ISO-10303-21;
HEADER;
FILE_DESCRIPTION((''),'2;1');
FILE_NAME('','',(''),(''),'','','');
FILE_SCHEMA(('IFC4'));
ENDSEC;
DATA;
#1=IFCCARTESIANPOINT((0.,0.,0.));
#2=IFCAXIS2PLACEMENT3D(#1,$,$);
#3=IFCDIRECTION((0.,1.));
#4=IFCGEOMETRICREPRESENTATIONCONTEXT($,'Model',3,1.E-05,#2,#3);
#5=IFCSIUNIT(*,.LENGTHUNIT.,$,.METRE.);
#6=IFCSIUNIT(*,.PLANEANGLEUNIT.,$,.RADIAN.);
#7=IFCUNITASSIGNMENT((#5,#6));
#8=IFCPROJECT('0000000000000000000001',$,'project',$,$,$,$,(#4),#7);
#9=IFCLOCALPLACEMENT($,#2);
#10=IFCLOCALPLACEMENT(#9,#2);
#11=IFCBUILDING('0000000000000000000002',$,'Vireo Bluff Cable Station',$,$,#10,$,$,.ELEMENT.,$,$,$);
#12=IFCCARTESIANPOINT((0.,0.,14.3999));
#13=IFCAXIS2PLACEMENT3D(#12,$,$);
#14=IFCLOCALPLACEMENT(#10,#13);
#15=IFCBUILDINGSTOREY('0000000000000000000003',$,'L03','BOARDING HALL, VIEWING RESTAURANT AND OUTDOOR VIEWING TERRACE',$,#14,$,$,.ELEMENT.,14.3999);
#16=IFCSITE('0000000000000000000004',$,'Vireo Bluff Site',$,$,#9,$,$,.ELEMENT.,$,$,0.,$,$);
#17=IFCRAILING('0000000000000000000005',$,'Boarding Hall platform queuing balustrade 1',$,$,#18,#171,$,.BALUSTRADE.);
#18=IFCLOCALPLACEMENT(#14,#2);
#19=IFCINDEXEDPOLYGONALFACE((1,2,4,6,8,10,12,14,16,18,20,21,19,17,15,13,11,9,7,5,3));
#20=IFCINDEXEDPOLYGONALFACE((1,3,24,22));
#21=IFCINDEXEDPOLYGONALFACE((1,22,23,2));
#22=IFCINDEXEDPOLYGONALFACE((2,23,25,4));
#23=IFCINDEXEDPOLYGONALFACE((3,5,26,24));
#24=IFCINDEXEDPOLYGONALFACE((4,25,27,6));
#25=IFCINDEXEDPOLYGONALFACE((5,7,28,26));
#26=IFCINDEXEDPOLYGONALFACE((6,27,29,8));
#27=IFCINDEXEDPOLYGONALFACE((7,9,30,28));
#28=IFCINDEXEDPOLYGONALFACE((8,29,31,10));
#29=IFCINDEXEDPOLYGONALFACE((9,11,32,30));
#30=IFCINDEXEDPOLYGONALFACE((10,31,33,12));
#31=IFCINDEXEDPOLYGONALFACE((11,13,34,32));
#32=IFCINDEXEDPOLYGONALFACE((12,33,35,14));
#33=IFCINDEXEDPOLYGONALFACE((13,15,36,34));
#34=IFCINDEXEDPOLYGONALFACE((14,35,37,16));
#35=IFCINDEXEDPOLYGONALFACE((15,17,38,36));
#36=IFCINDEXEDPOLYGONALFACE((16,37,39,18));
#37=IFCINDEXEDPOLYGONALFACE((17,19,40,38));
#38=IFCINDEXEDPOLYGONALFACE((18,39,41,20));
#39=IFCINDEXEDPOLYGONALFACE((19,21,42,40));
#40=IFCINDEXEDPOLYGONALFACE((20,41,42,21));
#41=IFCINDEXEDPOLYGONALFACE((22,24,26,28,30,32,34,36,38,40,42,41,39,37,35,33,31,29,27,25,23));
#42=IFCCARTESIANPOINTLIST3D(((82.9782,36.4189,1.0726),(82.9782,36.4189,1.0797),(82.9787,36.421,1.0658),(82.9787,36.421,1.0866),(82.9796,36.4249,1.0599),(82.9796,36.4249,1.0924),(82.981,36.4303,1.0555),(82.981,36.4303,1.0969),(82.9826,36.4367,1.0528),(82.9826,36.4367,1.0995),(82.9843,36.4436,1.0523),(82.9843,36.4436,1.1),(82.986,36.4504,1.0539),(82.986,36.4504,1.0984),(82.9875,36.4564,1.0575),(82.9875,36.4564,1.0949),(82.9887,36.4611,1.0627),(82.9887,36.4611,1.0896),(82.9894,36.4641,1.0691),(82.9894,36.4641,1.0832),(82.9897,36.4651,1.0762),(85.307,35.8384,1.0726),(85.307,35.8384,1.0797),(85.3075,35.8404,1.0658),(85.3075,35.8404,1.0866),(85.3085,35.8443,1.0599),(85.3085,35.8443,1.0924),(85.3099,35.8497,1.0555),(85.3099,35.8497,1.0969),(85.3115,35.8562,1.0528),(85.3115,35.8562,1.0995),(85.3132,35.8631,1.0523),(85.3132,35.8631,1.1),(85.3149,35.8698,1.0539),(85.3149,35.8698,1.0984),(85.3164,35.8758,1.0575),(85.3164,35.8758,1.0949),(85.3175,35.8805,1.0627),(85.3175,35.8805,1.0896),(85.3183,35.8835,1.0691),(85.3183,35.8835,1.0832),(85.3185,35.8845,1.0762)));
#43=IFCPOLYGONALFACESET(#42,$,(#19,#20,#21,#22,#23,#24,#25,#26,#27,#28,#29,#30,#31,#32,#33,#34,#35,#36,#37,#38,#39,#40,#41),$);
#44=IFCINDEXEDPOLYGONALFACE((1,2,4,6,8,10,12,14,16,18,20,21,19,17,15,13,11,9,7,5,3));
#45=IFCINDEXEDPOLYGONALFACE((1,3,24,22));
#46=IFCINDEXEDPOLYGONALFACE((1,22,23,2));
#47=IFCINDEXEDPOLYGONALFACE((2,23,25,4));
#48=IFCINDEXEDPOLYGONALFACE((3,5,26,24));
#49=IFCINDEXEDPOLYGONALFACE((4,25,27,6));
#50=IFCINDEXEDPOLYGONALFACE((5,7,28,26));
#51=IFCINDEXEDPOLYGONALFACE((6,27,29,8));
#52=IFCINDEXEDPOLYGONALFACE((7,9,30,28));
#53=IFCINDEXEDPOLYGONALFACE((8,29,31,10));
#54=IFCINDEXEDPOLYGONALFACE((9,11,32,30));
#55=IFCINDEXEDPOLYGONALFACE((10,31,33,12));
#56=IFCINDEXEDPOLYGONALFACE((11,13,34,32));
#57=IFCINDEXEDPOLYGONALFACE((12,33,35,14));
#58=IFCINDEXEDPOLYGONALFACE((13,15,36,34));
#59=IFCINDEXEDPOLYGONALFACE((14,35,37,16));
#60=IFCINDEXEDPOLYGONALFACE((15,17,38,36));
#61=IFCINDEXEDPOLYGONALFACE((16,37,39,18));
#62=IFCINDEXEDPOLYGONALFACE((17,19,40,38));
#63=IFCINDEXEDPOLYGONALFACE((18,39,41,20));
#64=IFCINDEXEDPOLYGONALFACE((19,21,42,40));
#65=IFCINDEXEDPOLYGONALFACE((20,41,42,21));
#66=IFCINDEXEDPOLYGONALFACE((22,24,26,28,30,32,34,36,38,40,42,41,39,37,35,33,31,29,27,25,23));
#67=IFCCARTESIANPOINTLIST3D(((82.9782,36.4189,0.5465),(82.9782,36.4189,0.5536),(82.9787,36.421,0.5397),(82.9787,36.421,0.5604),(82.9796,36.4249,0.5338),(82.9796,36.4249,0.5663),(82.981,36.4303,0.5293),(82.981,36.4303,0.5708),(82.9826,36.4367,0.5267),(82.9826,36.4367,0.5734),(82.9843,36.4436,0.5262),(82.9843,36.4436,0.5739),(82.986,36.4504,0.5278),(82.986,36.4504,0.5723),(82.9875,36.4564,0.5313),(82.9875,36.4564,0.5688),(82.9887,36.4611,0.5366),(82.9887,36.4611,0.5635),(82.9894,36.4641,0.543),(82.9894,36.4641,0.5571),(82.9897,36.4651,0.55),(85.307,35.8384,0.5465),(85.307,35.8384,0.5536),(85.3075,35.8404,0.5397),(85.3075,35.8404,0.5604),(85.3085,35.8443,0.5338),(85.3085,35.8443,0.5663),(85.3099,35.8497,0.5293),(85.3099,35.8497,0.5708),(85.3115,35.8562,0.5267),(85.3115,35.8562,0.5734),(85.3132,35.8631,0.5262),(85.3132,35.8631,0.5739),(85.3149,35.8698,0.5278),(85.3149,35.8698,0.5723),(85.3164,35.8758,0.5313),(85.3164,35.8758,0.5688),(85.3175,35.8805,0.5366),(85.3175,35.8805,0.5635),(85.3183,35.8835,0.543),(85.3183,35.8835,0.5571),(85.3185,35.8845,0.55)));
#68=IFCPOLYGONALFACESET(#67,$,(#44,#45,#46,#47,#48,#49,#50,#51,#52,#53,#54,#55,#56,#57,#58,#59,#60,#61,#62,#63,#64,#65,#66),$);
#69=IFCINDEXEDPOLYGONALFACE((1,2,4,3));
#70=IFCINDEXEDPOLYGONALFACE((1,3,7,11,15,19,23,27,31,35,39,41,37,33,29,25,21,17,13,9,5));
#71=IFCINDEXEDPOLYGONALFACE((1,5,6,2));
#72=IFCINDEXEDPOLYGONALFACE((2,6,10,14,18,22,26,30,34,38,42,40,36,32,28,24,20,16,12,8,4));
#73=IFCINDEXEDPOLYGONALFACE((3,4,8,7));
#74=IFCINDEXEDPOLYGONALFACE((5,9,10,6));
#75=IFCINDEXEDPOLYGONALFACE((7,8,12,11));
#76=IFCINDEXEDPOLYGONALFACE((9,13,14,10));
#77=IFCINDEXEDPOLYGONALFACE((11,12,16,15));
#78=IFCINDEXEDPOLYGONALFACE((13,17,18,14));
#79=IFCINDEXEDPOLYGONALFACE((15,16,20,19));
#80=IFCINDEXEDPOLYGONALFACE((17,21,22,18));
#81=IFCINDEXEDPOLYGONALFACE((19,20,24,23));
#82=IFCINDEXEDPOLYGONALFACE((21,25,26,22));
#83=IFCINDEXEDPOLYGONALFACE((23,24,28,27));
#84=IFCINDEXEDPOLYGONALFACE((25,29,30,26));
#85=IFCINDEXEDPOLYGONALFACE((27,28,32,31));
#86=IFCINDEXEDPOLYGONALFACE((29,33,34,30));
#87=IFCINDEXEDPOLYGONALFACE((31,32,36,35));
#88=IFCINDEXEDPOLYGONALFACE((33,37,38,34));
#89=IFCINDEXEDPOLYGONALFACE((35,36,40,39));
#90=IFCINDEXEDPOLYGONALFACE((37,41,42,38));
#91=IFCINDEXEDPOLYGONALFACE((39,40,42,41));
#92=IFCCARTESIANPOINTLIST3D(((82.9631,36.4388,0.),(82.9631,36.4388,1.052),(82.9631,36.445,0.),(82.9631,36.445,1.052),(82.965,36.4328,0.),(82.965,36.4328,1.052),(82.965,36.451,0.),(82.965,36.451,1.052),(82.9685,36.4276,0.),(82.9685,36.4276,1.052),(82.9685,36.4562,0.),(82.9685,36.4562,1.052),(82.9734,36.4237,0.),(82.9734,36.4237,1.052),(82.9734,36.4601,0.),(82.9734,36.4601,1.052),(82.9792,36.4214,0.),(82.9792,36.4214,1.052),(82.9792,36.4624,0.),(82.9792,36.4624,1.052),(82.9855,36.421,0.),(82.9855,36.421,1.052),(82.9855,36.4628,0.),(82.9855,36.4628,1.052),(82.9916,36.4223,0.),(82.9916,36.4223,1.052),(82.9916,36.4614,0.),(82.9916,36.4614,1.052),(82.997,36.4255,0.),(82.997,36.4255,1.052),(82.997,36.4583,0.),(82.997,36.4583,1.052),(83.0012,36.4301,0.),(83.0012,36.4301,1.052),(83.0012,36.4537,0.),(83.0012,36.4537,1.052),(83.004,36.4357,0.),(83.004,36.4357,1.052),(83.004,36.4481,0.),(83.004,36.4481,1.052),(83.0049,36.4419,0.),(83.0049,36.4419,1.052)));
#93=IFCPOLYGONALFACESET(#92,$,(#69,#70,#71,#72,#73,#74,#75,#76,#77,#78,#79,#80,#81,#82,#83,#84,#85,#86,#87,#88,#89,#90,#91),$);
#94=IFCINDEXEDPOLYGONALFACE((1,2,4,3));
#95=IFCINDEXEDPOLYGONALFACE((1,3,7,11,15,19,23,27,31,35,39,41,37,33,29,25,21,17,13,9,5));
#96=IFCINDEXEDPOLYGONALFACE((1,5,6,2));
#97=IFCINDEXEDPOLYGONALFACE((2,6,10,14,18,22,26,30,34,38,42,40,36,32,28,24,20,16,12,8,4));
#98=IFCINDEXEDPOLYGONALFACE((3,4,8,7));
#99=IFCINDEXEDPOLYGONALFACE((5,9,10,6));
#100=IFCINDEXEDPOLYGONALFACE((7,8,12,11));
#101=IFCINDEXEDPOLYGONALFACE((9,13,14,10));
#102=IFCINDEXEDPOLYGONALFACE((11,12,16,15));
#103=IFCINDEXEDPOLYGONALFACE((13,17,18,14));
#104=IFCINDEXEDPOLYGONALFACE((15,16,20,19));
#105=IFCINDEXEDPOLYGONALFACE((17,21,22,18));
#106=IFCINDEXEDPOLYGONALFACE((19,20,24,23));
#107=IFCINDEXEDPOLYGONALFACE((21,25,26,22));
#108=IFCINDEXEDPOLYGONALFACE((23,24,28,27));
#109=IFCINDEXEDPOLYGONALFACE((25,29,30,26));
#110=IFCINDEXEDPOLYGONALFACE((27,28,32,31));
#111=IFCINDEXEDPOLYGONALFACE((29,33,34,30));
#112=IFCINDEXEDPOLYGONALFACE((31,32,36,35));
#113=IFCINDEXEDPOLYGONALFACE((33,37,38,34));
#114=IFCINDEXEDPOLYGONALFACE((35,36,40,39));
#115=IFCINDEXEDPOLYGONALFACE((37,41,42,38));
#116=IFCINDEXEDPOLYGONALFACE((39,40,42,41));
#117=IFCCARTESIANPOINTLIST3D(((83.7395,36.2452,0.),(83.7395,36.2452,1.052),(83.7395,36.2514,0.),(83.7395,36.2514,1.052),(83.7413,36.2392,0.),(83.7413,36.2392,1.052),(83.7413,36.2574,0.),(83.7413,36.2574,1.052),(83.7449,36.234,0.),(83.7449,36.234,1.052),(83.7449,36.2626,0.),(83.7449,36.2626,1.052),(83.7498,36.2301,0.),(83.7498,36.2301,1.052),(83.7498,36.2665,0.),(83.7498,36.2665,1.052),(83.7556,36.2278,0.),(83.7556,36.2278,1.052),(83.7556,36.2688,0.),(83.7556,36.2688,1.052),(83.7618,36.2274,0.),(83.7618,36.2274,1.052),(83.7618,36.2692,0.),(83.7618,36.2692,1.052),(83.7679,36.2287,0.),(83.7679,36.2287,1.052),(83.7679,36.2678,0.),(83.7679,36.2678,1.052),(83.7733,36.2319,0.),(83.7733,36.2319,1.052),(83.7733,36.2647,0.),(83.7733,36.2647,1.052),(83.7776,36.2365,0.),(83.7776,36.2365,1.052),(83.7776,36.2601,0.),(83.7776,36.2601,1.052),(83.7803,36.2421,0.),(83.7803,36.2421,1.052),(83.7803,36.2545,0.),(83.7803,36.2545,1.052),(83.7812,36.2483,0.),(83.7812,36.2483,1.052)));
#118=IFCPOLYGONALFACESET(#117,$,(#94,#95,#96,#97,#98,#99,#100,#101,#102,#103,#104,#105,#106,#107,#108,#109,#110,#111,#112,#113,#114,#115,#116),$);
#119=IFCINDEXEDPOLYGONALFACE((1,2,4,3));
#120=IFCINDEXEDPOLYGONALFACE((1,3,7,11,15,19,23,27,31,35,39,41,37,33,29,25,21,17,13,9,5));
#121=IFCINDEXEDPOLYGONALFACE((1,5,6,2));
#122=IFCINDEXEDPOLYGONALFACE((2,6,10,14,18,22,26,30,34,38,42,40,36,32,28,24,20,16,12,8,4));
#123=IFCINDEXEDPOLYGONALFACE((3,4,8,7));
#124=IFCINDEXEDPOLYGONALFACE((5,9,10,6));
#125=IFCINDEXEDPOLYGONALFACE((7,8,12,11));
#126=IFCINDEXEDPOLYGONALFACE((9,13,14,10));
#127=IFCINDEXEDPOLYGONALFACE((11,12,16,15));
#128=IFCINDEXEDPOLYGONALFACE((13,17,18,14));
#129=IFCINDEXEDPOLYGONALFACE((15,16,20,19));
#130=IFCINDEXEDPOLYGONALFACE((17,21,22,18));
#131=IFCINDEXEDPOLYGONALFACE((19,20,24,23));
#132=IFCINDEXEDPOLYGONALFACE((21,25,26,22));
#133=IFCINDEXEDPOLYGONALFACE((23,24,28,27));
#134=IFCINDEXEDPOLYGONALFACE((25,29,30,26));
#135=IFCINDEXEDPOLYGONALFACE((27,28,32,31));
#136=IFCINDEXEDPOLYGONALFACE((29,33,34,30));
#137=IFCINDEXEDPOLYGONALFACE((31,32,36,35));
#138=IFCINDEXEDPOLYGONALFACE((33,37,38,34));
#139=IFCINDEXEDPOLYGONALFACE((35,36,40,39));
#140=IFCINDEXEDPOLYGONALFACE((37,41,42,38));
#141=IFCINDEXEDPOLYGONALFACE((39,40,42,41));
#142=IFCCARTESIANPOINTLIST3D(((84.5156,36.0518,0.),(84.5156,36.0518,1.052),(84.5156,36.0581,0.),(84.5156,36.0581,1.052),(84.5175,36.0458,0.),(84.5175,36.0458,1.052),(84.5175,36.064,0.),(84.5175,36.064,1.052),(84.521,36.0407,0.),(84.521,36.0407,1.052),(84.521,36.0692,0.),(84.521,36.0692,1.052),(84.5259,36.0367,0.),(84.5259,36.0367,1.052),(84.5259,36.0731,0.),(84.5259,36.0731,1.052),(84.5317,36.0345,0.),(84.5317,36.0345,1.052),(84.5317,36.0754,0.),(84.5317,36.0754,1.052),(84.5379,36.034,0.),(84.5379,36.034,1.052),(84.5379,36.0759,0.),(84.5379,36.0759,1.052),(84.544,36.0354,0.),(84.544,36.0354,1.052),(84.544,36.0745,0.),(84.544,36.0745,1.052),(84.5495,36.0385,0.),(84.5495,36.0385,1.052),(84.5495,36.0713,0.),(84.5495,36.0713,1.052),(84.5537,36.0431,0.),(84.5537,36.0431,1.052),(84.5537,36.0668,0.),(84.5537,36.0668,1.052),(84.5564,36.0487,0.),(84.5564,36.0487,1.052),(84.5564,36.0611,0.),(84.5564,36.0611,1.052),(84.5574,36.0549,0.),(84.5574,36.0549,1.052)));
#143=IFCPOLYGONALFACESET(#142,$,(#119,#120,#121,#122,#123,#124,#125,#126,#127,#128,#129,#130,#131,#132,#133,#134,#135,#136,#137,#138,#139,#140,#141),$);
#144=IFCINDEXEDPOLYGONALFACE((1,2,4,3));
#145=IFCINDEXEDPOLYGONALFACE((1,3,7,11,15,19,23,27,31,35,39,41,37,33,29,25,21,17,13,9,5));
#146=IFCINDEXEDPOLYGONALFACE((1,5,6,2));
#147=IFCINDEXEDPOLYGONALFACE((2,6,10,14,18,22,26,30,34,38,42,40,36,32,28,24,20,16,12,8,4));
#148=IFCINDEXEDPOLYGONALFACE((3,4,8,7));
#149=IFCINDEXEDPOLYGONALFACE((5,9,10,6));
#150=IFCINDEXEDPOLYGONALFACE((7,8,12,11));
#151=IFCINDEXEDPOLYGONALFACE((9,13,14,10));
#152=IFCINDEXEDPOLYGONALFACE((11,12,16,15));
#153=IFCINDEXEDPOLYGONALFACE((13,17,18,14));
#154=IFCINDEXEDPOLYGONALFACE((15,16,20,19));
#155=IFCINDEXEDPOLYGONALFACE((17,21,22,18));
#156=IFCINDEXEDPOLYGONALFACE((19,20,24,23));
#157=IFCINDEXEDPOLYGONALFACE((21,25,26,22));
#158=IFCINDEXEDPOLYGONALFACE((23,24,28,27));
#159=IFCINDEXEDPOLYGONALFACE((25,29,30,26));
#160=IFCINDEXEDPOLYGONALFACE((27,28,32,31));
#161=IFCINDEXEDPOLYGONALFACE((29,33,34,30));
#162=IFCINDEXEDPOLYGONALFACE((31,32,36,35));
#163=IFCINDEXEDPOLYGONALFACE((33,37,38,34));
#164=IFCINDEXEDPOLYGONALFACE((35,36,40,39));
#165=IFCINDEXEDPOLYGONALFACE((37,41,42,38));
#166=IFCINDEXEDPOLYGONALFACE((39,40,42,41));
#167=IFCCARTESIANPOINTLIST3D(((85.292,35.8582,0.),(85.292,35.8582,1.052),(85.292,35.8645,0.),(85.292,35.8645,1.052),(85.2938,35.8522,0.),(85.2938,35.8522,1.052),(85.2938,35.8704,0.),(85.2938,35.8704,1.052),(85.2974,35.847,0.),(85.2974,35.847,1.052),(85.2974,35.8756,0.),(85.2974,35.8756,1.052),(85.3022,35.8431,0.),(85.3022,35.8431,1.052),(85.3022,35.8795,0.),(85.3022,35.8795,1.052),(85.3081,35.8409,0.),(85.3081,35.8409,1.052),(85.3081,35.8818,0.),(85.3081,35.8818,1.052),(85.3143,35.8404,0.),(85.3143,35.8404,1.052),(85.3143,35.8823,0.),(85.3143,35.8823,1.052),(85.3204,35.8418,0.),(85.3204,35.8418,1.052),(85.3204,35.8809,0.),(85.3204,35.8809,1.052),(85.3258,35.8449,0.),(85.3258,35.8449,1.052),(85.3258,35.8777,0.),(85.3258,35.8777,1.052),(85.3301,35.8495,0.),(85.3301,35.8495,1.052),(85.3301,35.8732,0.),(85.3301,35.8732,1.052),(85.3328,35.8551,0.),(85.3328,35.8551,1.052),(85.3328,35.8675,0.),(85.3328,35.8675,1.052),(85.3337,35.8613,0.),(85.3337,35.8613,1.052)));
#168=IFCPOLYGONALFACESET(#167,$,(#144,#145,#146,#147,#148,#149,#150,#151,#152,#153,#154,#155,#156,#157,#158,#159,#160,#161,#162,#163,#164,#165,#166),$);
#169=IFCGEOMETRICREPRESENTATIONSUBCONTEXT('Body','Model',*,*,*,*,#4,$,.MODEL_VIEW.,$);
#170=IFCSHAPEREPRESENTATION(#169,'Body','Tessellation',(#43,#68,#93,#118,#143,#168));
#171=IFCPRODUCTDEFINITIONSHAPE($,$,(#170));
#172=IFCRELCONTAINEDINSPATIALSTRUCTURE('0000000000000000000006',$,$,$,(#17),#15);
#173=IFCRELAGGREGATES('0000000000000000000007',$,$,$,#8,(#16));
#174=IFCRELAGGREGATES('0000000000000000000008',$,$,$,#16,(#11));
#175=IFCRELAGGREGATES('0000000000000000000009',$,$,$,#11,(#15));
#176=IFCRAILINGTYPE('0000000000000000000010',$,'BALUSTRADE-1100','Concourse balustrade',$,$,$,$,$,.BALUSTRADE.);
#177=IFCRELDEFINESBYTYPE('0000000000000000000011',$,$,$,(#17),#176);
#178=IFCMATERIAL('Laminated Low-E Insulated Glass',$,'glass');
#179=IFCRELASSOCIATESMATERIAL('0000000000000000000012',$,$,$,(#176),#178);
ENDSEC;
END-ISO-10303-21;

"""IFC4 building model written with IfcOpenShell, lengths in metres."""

from ifc_helpers import new_model, si_unit, direction, frame, origin, origin_2d, place, context, subcontext, project, spatial, circle, extrude, material, type_object, element, save


model = new_model("IFC4")

# Units and contexts
model_context = context("Model", 3, precision=1e-05, world=origin(), true_north=direction((0.0, 1.0)))
body_context = subcontext(model_context, "Body", "Model", "MODEL_VIEW")
ifc_project = project(units=[si_unit("LENGTHUNIT", "METRE"), si_unit("PLANEANGLEUNIT", "RADIAN")], contexts=[model_context])

# Site, building, storey
site_placement = place(None, origin())
site = spatial("IfcSite", under=ifc_project, at=site_placement, Name="Vireo Bluff Site", CompositionType="ELEMENT", RefElevation=0.0)
building_placement = place(site_placement, origin())
building = spatial("IfcBuilding", under=site, at=building_placement, Name="Vireo Bluff Cable Station", CompositionType="ELEMENT")
storey_placement = place(building_placement, frame((0.0, 0.0, 14.3999)))
storey = spatial("IfcBuildingStorey", under=building, at=storey_placement, Name="L03", Description="BOARDING HALL, VIEWING RESTAURANT AND OUTDOOR VIEWING TERRACE", CompositionType="ELEMENT", Elevation=14.3999)

# Railing
ifc_material_1 = material(Name="Laminated Low-E Insulated Glass", Category="glass")
railing_type = type_object("IfcRailingType", Name="BALUSTRADE-1100", Description="Concourse balustrade", PredefinedType="BALUSTRADE", material=ifc_material_1)
for number, where, name in (
    (1, (82.9839, 36.4419, 0.0), "Boarding Hall platform queuing balustrade 1"),
):
    element("IfcRailing", number, at=place(storey_placement, frame(where)), inside=storey, type_object=railing_type, Name=name, PredefinedType="BALUSTRADE", context=body_context, shape_type="SweptSolid", body=[
        extrude(circle(Radius=0.0239, at=origin_2d()), frame((0.0, 0.0, 1.0762), z_axis=(0.970304, -0.241889, 0.0), x_axis=(0.241889, 0.970304, 0.0)), (0.0, 0.0, 1.0), 2.4001),
        extrude(circle(Radius=0.0239, at=origin_2d()), frame((0.0, 0.0, 0.55), z_axis=(0.970304, -0.241889, 0.0), x_axis=(0.241889, 0.970304, 0.0)), (0.0, 0.0, 1.0), 2.4001),
        extrude(circle(Radius=0.021, at=origin_2d()), origin(), (0.0, 0.0, 1.0), 1.052),
        extrude(circle(Radius=0.021, at=origin_2d()), frame((0.7764, -0.1936, 0.0)), (0.0, 0.0, 1.0), 1.052),
        extrude(circle(Radius=0.021, at=origin_2d()), frame((1.5525, -0.387, 0.0)), (0.0, 0.0, 1.0), 1.052),
        extrude(circle(Radius=0.021, at=origin_2d()), frame((2.3289, -0.5806, 0.0)), (0.0, 0.0, 1.0), 1.052),
    ])

save(model, "model.ifc")
